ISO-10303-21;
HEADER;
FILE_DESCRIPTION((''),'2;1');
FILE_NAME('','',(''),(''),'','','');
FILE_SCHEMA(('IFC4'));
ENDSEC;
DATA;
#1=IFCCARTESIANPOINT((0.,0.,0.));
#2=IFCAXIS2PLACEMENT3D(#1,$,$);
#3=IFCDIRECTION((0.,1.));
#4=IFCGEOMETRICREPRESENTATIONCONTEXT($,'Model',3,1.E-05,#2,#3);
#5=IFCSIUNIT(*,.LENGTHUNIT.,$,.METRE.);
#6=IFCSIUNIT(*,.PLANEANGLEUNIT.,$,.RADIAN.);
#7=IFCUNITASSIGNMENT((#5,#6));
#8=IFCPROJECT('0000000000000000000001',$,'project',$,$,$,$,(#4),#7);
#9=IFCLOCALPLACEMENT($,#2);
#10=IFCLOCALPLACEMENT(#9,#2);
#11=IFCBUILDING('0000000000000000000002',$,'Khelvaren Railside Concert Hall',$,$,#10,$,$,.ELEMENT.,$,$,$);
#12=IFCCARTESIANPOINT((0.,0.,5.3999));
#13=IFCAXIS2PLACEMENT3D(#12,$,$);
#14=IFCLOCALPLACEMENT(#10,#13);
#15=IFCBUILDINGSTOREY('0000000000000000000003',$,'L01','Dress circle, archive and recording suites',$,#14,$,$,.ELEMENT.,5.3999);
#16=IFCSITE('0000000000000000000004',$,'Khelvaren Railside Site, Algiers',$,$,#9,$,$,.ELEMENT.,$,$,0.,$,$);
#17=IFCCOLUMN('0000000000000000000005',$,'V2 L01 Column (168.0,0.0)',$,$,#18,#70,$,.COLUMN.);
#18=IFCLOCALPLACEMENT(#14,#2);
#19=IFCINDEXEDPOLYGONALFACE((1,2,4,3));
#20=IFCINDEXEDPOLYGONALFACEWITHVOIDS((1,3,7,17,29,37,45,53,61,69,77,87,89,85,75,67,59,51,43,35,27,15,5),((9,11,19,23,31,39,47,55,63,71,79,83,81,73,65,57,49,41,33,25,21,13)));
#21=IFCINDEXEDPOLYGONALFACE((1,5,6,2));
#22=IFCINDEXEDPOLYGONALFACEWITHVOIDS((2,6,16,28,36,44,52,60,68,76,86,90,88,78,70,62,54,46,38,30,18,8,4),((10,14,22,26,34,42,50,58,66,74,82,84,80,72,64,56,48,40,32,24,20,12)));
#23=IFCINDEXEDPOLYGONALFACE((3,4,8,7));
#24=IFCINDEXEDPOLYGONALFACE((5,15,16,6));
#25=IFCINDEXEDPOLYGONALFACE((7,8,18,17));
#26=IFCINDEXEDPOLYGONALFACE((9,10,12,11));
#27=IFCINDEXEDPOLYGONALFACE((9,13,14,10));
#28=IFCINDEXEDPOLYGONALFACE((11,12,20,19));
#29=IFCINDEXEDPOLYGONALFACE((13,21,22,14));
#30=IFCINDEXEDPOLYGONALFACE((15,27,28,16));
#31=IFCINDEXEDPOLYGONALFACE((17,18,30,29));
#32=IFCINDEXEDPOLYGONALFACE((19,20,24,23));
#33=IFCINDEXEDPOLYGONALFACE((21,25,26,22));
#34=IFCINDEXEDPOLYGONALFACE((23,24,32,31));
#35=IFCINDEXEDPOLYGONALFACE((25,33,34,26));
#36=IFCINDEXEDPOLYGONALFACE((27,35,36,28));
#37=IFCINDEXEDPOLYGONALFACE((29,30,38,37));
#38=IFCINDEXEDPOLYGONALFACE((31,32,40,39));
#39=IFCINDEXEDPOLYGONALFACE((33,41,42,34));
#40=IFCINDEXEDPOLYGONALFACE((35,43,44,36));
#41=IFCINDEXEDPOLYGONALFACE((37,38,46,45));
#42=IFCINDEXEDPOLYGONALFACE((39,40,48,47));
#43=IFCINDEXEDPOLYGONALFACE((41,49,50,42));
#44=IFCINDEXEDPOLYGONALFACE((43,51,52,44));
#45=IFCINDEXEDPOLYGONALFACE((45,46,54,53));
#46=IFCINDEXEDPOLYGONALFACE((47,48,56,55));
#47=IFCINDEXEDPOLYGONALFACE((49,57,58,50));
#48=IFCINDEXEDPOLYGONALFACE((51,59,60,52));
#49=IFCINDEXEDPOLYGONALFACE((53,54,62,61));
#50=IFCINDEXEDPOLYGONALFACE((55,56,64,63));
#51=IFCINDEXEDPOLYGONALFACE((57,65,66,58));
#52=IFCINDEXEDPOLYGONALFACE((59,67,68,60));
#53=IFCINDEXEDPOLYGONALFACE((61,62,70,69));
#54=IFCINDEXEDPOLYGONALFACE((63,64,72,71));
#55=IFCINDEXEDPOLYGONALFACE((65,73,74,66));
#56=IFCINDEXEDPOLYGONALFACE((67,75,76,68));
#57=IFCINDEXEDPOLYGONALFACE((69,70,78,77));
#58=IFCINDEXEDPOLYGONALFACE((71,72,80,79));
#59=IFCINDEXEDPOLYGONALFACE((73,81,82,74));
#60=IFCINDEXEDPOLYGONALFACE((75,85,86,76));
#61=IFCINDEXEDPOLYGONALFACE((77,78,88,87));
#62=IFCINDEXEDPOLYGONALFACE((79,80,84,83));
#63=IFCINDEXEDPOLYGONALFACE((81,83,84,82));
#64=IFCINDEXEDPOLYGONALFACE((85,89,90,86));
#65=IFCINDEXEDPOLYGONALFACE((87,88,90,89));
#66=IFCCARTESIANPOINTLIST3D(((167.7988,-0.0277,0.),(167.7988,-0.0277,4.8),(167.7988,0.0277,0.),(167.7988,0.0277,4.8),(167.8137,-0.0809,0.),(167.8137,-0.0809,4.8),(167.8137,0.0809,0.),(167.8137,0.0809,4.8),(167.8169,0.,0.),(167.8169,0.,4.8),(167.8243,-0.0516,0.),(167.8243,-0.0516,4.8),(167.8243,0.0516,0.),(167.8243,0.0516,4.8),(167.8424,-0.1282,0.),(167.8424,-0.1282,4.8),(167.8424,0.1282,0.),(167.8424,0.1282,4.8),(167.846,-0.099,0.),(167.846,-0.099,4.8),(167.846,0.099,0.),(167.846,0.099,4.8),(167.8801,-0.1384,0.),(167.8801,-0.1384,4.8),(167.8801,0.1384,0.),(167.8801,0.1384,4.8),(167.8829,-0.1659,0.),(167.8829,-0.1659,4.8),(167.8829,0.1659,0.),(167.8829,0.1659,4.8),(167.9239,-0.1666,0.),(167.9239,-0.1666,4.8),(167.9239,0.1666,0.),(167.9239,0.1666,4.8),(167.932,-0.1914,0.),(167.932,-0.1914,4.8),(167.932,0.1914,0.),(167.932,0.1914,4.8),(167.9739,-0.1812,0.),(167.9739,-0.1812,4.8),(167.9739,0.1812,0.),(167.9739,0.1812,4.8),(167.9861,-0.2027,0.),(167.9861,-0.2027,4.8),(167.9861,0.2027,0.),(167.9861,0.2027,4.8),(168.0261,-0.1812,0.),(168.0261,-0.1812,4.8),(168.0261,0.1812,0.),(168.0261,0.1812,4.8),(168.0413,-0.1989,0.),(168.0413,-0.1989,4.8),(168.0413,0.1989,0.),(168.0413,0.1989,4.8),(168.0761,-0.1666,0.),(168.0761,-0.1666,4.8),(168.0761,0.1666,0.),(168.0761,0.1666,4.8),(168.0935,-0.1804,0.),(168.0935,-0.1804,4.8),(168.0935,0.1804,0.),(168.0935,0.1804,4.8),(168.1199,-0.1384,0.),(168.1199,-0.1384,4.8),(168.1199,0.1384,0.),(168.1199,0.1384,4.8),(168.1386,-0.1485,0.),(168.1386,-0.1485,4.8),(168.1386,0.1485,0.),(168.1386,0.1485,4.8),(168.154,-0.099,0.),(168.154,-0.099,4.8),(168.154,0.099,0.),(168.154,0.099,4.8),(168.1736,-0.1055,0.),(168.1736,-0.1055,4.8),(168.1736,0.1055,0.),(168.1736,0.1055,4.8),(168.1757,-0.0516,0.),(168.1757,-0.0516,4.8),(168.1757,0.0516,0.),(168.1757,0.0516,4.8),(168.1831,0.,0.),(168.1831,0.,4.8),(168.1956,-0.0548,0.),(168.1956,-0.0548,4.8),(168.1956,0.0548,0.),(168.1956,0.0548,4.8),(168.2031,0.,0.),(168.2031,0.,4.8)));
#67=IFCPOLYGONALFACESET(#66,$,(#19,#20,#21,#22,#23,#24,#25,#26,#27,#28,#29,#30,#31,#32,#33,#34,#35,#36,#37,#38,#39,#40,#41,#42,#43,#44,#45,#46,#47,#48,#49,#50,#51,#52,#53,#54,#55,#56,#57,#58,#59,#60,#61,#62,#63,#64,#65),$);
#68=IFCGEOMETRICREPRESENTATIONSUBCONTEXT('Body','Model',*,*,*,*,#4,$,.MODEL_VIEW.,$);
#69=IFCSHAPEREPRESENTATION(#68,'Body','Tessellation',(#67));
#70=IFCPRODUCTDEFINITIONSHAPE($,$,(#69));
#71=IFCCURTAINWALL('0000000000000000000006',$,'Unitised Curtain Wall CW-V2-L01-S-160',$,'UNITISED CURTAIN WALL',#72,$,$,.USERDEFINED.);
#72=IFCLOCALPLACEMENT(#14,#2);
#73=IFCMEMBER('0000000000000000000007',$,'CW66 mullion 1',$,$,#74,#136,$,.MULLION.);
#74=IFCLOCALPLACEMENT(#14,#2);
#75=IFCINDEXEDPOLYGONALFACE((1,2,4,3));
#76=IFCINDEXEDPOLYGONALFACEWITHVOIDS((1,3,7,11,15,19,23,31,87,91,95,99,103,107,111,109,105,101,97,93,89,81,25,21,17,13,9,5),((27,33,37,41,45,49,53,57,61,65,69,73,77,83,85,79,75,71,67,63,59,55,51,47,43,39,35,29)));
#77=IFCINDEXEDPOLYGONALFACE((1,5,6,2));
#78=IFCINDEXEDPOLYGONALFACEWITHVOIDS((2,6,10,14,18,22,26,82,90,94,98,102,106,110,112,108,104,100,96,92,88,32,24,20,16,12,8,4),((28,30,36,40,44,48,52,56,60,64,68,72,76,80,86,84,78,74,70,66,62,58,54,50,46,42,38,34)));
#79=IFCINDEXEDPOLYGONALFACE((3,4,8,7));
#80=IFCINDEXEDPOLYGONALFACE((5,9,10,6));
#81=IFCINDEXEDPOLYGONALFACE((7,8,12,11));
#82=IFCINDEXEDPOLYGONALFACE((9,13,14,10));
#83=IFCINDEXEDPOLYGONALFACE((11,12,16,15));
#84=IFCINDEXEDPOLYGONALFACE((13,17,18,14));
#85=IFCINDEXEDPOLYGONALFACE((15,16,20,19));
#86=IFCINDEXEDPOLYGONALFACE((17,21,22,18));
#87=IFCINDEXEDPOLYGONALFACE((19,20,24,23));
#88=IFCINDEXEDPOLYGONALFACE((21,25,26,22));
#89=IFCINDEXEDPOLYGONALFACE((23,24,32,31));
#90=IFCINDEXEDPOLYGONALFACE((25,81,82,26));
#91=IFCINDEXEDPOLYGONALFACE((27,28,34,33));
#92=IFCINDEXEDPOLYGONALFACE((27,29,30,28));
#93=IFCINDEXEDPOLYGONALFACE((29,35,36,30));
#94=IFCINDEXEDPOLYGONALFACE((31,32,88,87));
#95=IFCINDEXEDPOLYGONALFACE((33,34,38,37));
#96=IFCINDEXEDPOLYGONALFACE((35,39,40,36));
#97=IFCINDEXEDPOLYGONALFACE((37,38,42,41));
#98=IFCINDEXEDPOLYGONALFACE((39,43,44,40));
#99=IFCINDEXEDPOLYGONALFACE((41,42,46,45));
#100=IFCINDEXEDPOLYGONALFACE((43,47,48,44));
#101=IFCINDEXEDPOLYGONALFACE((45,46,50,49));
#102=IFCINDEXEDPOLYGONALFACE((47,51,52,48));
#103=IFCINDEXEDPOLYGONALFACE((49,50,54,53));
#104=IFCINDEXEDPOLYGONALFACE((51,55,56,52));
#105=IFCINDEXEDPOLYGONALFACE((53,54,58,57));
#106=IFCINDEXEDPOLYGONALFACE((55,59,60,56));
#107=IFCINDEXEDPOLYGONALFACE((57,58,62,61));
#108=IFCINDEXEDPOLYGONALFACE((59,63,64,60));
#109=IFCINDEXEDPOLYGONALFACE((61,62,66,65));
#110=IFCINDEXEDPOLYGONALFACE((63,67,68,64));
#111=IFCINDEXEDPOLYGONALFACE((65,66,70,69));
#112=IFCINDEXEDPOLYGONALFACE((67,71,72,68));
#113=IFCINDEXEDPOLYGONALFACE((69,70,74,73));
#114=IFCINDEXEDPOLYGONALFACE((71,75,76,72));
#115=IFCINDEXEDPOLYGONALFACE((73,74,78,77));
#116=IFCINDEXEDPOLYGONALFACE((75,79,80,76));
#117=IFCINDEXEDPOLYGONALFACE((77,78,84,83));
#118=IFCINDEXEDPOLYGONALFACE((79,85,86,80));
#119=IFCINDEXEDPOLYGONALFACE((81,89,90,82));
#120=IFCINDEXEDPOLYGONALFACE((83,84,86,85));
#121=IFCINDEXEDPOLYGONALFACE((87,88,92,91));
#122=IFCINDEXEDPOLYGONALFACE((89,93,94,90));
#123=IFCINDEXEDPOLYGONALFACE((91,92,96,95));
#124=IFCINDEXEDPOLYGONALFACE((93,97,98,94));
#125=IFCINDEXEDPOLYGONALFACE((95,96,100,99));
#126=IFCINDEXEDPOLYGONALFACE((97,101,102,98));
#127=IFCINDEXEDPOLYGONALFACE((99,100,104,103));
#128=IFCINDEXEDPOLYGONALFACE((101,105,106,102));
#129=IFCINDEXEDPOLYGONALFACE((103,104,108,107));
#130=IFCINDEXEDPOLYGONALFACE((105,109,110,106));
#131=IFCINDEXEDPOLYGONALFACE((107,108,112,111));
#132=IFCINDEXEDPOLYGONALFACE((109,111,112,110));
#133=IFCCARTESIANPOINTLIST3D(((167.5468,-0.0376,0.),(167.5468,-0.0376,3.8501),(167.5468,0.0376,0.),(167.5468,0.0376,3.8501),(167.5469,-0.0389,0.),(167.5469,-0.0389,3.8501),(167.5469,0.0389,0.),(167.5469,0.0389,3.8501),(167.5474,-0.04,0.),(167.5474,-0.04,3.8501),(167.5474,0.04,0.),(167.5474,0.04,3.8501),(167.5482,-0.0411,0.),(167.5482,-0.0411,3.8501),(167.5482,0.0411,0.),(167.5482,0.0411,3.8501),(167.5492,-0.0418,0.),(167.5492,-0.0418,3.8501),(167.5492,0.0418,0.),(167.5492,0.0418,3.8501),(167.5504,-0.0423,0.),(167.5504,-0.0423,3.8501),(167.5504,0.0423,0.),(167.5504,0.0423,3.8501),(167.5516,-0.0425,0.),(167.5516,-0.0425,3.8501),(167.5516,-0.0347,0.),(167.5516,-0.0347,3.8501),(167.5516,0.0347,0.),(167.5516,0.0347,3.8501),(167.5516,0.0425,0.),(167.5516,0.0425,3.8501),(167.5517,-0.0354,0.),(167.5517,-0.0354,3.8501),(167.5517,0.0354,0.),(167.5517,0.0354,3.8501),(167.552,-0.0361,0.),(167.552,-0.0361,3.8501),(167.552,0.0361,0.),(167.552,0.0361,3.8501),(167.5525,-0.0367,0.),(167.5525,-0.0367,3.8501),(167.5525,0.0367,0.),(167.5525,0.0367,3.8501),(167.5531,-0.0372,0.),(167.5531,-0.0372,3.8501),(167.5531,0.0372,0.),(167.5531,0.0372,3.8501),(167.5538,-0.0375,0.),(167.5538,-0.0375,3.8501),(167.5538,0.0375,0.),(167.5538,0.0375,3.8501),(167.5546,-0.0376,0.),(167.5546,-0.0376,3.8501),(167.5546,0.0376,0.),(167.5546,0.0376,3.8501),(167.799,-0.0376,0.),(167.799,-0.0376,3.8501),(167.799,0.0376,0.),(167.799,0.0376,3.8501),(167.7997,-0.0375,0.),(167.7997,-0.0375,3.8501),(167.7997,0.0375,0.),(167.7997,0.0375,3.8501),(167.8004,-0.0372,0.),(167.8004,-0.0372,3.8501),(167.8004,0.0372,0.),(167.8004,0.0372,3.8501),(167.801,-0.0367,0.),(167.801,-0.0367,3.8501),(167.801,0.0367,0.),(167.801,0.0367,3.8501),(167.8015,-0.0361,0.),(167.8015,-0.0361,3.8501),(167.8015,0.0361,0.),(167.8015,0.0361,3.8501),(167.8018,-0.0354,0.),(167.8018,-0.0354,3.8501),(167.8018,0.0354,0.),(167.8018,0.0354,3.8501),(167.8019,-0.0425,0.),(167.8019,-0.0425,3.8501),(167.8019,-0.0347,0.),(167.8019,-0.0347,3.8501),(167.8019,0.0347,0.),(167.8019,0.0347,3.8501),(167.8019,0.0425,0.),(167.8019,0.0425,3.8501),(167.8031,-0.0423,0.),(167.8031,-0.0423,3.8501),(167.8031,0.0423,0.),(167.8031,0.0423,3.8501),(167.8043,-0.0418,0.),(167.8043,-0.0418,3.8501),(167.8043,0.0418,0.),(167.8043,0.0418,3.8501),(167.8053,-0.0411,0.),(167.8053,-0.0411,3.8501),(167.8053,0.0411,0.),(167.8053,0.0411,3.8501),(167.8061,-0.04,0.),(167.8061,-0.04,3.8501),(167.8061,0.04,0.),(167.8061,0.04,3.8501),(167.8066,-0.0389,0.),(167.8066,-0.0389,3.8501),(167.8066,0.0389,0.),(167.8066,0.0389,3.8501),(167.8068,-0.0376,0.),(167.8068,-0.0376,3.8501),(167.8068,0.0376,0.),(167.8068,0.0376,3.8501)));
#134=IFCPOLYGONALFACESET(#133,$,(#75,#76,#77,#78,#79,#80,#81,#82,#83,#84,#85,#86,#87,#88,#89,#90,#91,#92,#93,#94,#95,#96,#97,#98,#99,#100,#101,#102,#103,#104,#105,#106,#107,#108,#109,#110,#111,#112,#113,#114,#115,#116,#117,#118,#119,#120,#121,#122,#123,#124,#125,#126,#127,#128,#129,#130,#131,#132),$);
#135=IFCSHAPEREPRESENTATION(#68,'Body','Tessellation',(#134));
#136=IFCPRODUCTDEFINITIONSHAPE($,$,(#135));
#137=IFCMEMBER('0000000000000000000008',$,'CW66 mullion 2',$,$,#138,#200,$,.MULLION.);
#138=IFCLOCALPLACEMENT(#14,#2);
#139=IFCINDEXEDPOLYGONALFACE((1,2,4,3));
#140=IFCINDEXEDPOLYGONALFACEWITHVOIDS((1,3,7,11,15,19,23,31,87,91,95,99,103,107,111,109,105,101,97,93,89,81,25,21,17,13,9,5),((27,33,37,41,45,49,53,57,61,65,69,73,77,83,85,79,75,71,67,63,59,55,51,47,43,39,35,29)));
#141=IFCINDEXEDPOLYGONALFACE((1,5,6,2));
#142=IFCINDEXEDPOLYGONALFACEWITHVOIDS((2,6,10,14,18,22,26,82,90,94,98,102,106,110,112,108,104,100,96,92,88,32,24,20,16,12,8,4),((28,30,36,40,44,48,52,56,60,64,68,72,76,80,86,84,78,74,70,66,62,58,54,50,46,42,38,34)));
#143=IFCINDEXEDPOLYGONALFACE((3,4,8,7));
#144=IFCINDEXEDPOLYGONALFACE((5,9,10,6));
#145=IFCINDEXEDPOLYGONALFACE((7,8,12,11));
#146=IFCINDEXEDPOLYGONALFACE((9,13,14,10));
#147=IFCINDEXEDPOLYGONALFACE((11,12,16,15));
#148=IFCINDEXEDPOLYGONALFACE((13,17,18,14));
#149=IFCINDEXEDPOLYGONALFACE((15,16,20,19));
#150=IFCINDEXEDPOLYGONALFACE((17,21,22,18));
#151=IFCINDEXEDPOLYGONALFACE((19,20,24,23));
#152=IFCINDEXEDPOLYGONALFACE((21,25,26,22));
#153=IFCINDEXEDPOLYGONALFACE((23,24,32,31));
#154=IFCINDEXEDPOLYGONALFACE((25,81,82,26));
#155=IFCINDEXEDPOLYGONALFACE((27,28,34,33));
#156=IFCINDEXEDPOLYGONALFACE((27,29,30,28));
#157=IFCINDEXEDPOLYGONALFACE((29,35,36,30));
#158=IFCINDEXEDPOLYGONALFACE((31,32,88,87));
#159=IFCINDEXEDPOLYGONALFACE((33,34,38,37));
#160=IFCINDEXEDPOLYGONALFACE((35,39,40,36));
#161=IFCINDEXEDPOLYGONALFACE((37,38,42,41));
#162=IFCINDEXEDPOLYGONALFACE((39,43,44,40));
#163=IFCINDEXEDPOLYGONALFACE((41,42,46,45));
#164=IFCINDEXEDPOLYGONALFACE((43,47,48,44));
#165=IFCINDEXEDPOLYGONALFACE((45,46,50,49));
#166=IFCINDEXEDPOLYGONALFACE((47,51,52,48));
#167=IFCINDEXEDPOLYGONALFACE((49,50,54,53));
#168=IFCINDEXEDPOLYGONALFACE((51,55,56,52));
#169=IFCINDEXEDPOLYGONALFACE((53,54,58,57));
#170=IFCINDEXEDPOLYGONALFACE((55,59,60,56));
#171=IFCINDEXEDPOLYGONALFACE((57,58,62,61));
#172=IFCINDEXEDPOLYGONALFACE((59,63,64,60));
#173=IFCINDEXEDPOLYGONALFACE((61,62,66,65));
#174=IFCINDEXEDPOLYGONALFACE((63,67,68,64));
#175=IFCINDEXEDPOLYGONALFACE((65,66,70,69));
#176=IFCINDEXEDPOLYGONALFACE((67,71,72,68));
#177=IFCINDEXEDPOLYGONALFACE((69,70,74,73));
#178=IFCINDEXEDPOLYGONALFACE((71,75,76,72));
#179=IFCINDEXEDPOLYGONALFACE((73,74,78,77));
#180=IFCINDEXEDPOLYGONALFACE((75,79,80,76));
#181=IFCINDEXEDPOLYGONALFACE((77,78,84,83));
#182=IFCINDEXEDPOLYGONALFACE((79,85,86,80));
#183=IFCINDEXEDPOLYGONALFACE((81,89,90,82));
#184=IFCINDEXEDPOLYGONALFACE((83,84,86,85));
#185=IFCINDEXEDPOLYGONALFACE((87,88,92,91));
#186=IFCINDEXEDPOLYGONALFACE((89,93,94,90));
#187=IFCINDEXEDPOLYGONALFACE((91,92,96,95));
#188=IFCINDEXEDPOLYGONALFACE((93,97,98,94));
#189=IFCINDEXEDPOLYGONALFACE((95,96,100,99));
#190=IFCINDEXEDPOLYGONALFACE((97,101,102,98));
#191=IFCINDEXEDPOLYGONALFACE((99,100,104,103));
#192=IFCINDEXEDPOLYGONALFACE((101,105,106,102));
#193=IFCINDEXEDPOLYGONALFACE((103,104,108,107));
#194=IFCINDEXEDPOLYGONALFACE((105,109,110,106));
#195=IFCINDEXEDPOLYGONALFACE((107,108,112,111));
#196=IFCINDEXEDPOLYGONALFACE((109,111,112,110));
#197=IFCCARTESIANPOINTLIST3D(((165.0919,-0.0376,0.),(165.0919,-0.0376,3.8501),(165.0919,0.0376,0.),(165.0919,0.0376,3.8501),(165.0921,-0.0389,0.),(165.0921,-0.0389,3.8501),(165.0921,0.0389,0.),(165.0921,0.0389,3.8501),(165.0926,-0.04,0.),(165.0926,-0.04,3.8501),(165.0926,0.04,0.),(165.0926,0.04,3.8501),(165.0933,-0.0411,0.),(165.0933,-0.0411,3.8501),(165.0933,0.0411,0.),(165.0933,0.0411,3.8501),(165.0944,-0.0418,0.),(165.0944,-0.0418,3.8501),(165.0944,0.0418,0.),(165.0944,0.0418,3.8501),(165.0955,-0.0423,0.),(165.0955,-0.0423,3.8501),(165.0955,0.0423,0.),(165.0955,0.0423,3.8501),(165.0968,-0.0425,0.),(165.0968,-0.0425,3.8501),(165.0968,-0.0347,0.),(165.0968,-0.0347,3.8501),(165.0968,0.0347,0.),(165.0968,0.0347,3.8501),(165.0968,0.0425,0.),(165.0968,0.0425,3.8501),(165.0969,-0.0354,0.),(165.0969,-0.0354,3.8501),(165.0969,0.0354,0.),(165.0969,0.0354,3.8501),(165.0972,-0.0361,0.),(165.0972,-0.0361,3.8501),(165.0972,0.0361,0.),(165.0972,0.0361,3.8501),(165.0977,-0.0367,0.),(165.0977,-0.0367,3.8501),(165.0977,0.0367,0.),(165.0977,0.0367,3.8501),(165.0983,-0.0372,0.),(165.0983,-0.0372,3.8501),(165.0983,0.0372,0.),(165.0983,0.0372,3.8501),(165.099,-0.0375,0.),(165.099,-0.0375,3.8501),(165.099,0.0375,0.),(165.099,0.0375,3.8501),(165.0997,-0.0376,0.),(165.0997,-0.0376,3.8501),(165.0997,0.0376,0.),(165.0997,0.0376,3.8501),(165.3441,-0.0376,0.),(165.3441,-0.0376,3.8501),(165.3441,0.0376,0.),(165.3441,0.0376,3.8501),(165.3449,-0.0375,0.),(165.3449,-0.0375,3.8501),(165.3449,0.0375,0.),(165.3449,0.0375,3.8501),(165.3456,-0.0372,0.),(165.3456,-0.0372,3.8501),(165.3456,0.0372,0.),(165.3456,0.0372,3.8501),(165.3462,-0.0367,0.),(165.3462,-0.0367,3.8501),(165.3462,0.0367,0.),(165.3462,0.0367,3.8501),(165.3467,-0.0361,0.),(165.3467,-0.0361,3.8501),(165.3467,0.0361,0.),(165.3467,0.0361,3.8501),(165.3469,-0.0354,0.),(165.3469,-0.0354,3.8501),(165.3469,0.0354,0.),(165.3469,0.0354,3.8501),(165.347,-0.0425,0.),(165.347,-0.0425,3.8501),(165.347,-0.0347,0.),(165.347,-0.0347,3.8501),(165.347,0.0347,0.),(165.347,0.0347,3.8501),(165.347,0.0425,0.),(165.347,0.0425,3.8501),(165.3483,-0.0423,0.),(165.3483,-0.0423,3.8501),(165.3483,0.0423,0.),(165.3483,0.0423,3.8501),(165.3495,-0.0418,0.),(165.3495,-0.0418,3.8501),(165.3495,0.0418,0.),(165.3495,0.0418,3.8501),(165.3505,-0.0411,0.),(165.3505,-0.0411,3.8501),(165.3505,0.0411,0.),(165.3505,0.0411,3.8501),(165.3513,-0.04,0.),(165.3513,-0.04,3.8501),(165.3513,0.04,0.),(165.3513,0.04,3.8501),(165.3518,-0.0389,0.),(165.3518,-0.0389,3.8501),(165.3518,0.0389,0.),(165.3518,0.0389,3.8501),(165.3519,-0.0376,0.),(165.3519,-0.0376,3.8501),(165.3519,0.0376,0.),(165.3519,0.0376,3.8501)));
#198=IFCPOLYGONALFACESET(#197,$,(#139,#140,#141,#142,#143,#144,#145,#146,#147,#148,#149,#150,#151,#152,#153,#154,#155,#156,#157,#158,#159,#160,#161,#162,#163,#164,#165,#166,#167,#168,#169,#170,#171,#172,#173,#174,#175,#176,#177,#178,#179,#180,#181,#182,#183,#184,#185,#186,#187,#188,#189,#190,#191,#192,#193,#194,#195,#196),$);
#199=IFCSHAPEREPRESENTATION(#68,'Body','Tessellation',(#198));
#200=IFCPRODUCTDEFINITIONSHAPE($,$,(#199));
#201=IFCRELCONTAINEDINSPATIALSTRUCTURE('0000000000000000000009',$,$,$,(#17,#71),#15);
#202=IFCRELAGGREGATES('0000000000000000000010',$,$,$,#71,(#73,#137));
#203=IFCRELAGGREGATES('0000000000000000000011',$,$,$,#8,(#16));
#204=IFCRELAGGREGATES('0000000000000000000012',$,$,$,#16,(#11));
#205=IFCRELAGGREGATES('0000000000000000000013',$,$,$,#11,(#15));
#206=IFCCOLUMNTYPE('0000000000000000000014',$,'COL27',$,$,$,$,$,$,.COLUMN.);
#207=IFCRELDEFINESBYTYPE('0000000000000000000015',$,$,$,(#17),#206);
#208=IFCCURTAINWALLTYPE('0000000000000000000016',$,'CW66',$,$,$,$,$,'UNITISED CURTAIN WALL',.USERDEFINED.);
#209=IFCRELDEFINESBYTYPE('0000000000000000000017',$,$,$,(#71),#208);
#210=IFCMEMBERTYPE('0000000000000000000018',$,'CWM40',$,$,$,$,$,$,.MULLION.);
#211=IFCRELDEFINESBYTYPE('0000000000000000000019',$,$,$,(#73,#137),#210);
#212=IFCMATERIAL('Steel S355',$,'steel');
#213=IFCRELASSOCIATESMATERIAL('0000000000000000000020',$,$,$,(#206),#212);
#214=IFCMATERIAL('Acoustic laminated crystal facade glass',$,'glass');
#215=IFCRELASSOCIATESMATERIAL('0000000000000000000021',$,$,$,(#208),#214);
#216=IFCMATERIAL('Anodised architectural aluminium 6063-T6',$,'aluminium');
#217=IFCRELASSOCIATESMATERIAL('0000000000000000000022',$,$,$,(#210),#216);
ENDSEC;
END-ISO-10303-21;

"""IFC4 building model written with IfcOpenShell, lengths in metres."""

from ifc_helpers import new_model, si_unit, direction, frame, origin, origin_2d, place, context, subcontext, project, spatial, hollow_rectangle, hollow_circle, extrude, material, material_profile, profile_set, type_object, element, aggregate, save


model = new_model("IFC4")

# Units and contexts
model_context = context("Model", 3, precision=1e-05, world=origin(), true_north=direction((0.0, 1.0)))
body_context = subcontext(model_context, "Body", "Model", "MODEL_VIEW")
ifc_project = project(units=[si_unit("LENGTHUNIT", "METRE"), si_unit("PLANEANGLEUNIT", "RADIAN")], contexts=[model_context])

# Site, building, storey
site_placement = place(None, origin())
site = spatial("IfcSite", under=ifc_project, at=site_placement, Name="Khelvaren Railside Site, Algiers", CompositionType="ELEMENT", RefElevation=0.0)
building_placement = place(site_placement, origin())
building = spatial("IfcBuilding", under=site, at=building_placement, Name="Khelvaren Railside Concert Hall", CompositionType="ELEMENT")
storey_placement = place(building_placement, frame((0.0, 0.0, 5.3999)))
storey = spatial("IfcBuildingStorey", under=building, at=storey_placement, Name="L01", Description="Dress circle, archive and recording suites", CompositionType="ELEMENT", Elevation=5.3999)

# Column
ifc_material_1 = material(Name="Steel S355", Category="steel")
ifc_material_profile_1 = material_profile(ifc_material_1, hollow_circle(Radius=0.2031, WallThickness=0.02, at=origin_2d()), Name="CHS 406.4x20")
ifc_profile_set_1 = profile_set([ifc_material_profile_1], Name="Steel S355")
column_type = type_object("IfcColumnType", Name="COL27", PredefinedType="COLUMN", material=ifc_profile_set_1)
column_placement = place(storey_placement, frame((168.0, 0.0, 0.0), z_axis=(0.0, 0.0, 1.0), x_axis=(1.0, 0.0, 0.0)))
element("IfcColumn", 1, at=column_placement, inside=storey, type_object=column_type, Name="V2 L01 Column (168.0,0.0)", PredefinedType="COLUMN", context=body_context, shape_type="SweptSolid", body=[
    extrude(hollow_circle(Radius=0.2031, WallThickness=0.02, at=origin_2d()), origin(), (0.0, 0.0, 1.0), 4.8),
])

# Curtain wall, members
ifc_material_2 = material(Name="Acoustic laminated crystal facade glass", Category="glass")
curtain_wall_type_1 = type_object("IfcCurtainWallType", Name="CW66", ElementType="UNITISED CURTAIN WALL", PredefinedType="USERDEFINED", material=ifc_material_2)
curtain_wall_1_placement = place(storey_placement, origin())
curtain_wall_1 = element("IfcCurtainWall", 2, at=curtain_wall_1_placement, inside=storey, type_object=curtain_wall_type_1, Name="Unitised Curtain Wall CW-V2-L01-S-160", ObjectType="UNITISED CURTAIN WALL", PredefinedType="USERDEFINED")
ifc_material_3 = material(Name="Anodised architectural aluminium 6063-T6", Category="aluminium")
ifc_material_profile_2 = material_profile(ifc_material_3, hollow_rectangle(XDim=0.085, YDim=0.26, WallThickness=0.0049, InnerFilletRadius=0.0029, OuterFilletRadius=0.0049, at=origin_2d()), Name="CWM 85x260x5")
ifc_profile_set_2 = profile_set([ifc_material_profile_2], Name="Anodised architectural aluminium 6063-T6")
member_type_1 = type_object("IfcMemberType", Name="CWM40", PredefinedType="MULLION", material=ifc_profile_set_2)
member_1_placement = place(storey_placement, frame((167.6768, 0.0, 0.0), z_axis=(0.0, 0.0, 1.0), x_axis=(0.0, -1.0, 0.0)))
member_1 = element("IfcMember", 3, at=member_1_placement, type_object=member_type_1, Name="CW66 mullion 1", PredefinedType="MULLION", context=body_context, shape_type="SweptSolid", body=[
    extrude(hollow_rectangle(XDim=0.085, YDim=0.26, WallThickness=0.0049, InnerFilletRadius=0.0029, OuterFilletRadius=0.0049, at=origin_2d()), origin(), (0.0, 0.0, 1.0), 3.8501),
])
member_2_placement = place(storey_placement, frame((165.2219, 0.0, 0.0), z_axis=(0.0, 0.0, 1.0), x_axis=(0.0, -1.0, 0.0)))
member_2 = element("IfcMember", 4, at=member_2_placement, type_object=member_type_1, Name="CW66 mullion 2", PredefinedType="MULLION", context=body_context, shape_type="SweptSolid", body=[
    extrude(hollow_rectangle(XDim=0.085, YDim=0.26, WallThickness=0.0049, InnerFilletRadius=0.0029, OuterFilletRadius=0.0049, at=origin_2d()), origin(), (0.0, 0.0, 1.0), 3.8501),
])

aggregate(curtain_wall_1, [member_1, member_2])

save(model, "model.ifc")
